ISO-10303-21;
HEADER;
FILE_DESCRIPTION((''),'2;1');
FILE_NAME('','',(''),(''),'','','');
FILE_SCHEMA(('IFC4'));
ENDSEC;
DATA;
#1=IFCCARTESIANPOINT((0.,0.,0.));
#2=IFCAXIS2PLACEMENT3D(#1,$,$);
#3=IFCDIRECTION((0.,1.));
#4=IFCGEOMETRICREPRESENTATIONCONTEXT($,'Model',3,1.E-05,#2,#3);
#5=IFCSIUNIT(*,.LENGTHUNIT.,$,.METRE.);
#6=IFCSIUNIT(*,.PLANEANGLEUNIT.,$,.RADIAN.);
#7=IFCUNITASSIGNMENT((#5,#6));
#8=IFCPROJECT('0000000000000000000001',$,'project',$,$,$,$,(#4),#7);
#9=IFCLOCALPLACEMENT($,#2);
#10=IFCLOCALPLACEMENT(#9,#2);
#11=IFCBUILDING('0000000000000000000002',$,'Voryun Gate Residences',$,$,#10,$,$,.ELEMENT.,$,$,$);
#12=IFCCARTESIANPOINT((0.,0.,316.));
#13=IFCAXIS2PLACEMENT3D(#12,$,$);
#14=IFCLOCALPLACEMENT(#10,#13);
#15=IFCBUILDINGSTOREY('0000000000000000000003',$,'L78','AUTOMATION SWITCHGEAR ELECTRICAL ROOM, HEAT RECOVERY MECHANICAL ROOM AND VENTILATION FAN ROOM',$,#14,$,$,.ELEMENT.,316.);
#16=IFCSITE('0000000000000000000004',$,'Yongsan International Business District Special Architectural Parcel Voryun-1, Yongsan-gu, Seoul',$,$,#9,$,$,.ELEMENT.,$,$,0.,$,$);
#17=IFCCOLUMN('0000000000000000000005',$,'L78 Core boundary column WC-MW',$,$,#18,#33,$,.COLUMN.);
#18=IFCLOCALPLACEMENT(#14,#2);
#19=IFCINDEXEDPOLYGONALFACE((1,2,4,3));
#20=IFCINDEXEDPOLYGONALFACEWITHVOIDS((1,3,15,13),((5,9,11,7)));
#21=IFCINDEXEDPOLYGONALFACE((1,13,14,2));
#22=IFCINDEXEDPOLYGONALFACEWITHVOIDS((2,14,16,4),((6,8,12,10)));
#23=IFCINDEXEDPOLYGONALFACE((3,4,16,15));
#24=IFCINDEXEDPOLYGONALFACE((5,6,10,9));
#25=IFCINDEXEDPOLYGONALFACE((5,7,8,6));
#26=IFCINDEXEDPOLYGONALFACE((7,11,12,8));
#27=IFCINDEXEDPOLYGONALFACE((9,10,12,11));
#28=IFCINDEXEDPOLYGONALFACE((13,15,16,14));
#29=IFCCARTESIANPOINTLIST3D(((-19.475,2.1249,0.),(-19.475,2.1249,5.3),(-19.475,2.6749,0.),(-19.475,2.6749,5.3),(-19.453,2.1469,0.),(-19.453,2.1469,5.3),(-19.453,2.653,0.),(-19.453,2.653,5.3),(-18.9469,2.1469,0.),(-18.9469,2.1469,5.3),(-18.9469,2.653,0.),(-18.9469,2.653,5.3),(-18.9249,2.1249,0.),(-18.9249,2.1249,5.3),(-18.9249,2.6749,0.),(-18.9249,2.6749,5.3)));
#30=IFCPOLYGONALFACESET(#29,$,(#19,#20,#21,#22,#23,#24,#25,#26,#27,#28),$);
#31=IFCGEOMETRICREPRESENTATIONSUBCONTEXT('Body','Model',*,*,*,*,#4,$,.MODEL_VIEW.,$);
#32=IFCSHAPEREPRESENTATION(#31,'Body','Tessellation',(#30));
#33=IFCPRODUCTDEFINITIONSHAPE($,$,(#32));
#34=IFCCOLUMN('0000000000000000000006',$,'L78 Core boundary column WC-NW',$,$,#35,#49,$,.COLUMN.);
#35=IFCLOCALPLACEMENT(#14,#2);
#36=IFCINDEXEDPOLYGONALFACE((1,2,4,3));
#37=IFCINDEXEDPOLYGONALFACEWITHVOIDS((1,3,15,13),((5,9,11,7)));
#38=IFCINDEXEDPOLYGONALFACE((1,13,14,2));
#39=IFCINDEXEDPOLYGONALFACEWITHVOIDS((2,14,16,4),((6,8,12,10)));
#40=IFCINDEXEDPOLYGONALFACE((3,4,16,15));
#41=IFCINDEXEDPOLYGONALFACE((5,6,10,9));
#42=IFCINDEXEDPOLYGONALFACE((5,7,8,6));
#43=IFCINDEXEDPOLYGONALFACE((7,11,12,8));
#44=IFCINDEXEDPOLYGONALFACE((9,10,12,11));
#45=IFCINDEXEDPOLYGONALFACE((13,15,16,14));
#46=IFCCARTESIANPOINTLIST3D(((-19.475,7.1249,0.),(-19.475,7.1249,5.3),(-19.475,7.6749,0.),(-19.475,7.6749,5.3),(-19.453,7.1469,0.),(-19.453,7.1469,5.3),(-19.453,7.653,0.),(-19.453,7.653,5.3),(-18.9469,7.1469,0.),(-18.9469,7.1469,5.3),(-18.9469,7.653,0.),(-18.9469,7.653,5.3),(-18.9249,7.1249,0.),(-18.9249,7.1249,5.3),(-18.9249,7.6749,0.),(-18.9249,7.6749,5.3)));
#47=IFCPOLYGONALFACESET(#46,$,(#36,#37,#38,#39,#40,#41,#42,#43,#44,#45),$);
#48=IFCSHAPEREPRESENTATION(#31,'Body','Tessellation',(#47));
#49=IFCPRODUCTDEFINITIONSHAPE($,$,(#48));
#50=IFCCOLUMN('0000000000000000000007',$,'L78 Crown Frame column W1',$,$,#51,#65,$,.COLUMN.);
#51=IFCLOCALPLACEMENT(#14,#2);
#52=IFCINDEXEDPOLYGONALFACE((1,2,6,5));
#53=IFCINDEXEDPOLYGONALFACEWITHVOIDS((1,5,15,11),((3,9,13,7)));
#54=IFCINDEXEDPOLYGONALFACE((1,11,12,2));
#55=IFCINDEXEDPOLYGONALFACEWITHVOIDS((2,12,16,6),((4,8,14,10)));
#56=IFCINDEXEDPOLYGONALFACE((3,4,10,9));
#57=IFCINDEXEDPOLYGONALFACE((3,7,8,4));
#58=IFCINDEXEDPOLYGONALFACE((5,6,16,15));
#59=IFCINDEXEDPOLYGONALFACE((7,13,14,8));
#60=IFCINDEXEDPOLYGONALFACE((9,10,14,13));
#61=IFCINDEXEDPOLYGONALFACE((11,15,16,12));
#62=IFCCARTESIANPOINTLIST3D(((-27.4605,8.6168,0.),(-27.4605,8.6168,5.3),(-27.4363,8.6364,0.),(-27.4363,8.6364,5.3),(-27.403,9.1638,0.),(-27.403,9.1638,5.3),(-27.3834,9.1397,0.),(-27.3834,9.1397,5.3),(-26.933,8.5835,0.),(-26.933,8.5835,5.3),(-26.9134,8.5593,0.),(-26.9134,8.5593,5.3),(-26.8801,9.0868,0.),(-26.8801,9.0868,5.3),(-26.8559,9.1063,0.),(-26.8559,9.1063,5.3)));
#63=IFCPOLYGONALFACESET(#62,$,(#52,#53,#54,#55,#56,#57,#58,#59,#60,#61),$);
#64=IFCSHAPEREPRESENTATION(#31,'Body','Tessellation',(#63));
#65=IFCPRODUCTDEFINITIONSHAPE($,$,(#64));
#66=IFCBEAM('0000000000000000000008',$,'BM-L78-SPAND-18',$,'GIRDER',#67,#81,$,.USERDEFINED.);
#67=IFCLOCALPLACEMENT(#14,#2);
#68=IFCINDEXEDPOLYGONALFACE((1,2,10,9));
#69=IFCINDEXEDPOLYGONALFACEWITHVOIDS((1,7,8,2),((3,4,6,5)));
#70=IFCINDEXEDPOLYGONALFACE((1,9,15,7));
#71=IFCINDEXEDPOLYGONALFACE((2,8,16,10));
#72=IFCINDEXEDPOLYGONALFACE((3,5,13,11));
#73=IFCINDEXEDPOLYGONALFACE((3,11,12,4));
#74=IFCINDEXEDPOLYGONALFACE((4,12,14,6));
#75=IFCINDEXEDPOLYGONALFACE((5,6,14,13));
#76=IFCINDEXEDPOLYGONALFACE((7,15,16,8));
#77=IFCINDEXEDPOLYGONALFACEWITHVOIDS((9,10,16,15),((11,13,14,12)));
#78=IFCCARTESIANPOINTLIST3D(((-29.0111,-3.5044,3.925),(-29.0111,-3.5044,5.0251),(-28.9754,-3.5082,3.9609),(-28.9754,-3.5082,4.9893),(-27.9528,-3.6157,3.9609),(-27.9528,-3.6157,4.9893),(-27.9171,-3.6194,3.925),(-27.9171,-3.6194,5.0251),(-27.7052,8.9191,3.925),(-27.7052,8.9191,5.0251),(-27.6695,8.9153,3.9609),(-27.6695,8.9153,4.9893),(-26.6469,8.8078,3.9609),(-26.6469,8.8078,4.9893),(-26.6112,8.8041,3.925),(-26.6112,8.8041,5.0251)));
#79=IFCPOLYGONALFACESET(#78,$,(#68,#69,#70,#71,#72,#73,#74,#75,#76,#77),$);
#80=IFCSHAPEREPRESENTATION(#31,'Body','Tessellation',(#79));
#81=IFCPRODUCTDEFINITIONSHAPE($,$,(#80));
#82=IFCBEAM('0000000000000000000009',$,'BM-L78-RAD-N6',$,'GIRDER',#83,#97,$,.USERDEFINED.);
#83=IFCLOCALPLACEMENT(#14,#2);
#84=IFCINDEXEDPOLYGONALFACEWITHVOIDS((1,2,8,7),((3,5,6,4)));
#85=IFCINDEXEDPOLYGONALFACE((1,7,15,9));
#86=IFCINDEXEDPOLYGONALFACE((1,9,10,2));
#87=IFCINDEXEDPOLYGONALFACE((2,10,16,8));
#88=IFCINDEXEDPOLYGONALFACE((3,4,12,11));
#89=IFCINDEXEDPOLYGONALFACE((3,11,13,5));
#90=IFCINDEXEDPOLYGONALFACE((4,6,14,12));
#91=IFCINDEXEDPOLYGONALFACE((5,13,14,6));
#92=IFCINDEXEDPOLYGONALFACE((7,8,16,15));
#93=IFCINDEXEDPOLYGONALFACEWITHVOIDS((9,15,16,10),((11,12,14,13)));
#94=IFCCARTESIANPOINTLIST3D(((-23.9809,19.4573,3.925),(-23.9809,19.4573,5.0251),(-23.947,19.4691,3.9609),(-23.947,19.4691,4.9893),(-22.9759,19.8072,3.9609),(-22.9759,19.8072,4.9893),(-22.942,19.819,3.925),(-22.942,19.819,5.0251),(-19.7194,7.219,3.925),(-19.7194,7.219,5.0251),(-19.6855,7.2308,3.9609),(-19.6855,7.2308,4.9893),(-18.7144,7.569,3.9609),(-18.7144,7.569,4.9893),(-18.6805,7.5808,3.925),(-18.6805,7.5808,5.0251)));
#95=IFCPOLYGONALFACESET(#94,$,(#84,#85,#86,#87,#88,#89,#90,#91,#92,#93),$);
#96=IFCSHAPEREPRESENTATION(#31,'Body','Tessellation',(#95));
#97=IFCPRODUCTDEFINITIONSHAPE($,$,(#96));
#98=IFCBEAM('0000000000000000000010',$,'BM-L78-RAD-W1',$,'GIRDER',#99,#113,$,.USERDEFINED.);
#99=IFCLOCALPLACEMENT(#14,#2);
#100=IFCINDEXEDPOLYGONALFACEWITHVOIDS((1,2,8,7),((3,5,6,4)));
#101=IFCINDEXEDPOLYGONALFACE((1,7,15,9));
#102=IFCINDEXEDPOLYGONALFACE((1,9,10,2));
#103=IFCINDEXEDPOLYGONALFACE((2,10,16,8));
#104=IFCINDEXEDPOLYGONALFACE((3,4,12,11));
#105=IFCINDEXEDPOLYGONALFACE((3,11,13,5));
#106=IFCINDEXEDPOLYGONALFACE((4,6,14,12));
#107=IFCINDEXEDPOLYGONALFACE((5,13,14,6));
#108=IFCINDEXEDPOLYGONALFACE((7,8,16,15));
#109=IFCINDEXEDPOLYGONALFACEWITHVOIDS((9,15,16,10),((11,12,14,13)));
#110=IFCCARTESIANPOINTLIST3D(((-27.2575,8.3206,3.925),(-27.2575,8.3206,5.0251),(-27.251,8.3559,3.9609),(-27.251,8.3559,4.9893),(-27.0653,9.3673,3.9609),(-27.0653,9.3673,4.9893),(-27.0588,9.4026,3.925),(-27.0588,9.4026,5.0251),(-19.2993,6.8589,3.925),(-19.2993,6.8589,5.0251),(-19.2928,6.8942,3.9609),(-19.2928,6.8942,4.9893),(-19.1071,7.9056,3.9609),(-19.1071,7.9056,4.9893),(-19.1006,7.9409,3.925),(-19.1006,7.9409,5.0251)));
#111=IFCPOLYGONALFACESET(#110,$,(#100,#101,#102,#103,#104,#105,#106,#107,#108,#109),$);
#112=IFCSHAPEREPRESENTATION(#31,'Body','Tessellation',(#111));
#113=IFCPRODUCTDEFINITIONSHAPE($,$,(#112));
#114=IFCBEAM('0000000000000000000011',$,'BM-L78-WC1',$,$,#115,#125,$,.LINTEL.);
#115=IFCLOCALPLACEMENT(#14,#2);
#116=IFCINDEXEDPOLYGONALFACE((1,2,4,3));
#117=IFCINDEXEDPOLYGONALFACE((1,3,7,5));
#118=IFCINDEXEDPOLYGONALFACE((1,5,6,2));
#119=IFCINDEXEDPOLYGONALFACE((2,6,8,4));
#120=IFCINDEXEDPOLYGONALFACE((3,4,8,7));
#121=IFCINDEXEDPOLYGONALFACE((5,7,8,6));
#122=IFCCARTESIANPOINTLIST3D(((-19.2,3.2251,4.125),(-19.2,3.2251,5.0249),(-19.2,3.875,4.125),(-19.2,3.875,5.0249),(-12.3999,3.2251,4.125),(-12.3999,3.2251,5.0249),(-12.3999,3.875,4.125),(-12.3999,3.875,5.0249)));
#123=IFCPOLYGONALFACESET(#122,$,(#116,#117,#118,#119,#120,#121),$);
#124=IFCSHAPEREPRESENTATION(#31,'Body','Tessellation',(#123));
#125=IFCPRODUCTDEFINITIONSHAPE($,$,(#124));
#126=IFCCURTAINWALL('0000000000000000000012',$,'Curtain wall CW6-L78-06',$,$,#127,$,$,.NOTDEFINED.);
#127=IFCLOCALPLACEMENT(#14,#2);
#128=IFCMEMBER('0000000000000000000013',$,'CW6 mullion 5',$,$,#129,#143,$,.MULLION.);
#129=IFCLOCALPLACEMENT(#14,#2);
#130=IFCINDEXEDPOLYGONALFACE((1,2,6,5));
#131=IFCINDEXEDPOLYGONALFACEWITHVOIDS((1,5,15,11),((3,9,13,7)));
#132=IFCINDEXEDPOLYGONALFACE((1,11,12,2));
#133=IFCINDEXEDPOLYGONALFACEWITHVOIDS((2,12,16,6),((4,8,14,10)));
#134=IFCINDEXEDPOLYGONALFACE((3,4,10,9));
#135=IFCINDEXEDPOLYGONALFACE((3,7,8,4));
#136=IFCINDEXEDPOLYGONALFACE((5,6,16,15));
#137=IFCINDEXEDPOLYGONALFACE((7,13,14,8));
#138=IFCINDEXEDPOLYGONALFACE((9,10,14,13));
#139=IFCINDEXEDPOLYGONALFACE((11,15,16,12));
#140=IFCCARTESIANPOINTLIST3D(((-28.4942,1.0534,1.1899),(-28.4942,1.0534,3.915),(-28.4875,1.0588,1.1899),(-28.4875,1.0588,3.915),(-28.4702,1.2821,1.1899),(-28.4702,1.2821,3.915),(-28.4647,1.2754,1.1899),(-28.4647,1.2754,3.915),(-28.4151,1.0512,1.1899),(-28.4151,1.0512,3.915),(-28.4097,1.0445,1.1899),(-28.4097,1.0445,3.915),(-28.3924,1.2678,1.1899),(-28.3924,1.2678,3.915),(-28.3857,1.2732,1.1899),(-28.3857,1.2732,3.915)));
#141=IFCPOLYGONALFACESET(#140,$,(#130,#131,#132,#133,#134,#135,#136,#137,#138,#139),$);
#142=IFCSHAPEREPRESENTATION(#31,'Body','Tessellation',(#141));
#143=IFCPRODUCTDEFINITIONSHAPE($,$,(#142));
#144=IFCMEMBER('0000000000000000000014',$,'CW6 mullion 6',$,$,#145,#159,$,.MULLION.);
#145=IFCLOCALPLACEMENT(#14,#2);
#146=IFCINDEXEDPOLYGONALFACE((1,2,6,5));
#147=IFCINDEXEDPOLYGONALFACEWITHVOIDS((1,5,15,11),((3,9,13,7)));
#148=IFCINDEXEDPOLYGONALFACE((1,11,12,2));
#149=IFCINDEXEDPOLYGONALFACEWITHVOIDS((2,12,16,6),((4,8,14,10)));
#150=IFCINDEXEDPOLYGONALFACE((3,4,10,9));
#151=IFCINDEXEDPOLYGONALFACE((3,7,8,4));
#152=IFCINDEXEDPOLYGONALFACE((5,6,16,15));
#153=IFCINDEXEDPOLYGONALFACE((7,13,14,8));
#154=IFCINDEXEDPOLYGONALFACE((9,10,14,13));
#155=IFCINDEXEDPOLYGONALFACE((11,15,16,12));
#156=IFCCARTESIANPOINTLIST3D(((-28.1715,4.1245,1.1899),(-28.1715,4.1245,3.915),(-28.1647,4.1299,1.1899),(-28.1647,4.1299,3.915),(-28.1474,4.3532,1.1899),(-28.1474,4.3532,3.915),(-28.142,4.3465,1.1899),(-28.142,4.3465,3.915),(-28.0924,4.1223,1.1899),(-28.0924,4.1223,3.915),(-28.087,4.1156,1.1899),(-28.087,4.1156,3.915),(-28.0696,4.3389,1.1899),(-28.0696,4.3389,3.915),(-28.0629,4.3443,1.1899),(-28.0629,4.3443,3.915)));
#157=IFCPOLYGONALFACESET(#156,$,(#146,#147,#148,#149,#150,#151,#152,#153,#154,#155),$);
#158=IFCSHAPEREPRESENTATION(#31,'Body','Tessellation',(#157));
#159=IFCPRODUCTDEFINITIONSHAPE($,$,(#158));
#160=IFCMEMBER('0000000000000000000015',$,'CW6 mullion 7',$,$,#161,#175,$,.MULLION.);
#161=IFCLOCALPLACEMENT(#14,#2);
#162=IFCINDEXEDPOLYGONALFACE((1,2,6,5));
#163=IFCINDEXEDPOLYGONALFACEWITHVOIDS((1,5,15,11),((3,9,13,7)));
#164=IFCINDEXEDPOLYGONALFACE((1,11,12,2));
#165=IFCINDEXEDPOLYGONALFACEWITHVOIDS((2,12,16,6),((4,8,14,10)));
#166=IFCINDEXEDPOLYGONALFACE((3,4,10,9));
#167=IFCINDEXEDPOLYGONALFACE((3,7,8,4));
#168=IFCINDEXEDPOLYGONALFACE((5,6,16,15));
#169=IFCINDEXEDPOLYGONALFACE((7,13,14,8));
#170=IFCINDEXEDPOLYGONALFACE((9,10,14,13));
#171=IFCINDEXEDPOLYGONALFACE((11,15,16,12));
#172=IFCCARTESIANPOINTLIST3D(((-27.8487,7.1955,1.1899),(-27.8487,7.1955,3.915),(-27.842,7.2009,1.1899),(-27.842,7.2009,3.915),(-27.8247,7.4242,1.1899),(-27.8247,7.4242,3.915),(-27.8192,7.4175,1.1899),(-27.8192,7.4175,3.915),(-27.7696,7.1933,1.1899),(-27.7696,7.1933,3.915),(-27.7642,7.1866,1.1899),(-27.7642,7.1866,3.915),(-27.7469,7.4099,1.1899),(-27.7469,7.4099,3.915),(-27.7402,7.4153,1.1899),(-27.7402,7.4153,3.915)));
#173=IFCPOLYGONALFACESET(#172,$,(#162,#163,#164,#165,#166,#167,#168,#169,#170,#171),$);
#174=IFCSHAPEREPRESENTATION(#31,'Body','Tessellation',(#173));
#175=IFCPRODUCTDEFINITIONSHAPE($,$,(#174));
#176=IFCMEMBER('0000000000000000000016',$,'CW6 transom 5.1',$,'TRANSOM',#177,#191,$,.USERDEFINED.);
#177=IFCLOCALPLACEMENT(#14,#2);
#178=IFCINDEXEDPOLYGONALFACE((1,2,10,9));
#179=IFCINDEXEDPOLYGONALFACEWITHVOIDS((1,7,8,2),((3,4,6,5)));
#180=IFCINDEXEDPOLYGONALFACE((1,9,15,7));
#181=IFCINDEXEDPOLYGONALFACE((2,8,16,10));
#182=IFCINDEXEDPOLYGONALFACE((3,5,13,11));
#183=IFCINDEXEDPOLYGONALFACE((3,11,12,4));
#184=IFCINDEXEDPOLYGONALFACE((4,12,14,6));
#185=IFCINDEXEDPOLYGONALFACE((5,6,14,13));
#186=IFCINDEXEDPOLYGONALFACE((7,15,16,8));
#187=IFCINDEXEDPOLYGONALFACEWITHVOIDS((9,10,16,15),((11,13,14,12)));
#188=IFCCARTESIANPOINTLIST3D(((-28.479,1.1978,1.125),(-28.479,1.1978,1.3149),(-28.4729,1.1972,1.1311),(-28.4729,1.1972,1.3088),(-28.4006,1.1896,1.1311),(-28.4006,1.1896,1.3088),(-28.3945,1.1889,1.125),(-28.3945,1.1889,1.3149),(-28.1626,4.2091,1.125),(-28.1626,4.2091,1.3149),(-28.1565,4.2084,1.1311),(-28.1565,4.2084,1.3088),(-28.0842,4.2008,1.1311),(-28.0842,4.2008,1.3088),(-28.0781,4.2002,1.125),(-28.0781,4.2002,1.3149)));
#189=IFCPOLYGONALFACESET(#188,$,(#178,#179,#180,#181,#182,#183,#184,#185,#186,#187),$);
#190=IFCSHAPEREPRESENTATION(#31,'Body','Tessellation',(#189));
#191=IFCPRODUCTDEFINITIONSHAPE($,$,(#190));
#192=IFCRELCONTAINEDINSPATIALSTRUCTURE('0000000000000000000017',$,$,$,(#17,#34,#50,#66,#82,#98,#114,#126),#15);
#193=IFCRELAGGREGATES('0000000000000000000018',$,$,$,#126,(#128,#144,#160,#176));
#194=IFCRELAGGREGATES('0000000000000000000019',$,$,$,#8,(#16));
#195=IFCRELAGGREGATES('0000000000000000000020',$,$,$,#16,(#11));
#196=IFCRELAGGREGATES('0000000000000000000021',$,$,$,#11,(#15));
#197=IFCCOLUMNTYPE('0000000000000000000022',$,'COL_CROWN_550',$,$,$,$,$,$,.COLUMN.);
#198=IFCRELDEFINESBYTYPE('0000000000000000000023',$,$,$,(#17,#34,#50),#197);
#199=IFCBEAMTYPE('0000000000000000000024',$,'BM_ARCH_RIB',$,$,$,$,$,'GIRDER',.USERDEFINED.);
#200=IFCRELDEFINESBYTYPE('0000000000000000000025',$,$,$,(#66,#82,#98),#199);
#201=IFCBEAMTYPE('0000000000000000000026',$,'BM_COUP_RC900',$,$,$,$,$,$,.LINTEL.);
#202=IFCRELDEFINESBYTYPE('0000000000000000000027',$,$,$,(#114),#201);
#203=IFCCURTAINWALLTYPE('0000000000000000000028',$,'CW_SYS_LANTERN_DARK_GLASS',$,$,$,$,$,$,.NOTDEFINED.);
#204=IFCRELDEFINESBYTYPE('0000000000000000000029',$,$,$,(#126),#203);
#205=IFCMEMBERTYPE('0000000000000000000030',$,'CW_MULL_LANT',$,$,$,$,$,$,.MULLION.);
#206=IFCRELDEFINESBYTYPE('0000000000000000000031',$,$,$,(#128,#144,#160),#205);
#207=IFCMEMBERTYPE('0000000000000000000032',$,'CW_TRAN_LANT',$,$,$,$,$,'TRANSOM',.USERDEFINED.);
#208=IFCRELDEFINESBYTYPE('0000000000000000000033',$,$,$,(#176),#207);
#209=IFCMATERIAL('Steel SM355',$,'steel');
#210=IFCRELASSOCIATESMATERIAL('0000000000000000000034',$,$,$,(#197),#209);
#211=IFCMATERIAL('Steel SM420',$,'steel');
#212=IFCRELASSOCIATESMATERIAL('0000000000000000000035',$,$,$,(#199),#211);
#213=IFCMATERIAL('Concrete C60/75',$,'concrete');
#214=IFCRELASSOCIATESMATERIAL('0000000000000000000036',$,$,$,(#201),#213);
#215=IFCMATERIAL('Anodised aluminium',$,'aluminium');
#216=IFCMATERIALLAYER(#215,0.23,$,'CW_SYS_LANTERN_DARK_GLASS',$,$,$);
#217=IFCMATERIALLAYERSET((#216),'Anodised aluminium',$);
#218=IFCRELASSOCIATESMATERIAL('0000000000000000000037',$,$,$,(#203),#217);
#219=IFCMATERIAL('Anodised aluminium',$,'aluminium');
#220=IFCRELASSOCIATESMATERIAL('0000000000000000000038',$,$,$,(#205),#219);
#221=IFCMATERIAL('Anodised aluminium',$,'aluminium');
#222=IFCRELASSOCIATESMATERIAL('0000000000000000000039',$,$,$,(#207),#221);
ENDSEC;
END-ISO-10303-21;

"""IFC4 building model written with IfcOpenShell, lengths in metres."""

from ifc_helpers import new_model, si_unit, direction, frame, origin, origin_2d, place, context, subcontext, project, spatial, rectangle, hollow_rectangle, extrude, material, layer, layer_set, material_profile, profile_set, type_object, element, aggregate, save


model = new_model("IFC4")

# Units and contexts
model_context = context("Model", 3, precision=1e-05, world=origin(), true_north=direction((0.0, 1.0)))
body_context = subcontext(model_context, "Body", "Model", "MODEL_VIEW")
ifc_project = project(units=[si_unit("LENGTHUNIT", "METRE"), si_unit("PLANEANGLEUNIT", "RADIAN")], contexts=[model_context])

# Site, building, storey
site_placement = place(None, origin())
site = spatial("IfcSite", under=ifc_project, at=site_placement, Name="Yongsan International Business District Special Architectural Parcel Voryun-1, Yongsan-gu, Seoul", CompositionType="ELEMENT", RefElevation=0.0)
building_placement = place(site_placement, origin())
building = spatial("IfcBuilding", under=site, at=building_placement, Name="Voryun Gate Residences", CompositionType="ELEMENT")
storey_placement = place(building_placement, frame((0.0, 0.0, 316.0)))
storey = spatial("IfcBuildingStorey", under=building, at=storey_placement, Name="L78", Description="AUTOMATION SWITCHGEAR ELECTRICAL ROOM, HEAT RECOVERY MECHANICAL ROOM AND VENTILATION FAN ROOM", CompositionType="ELEMENT", Elevation=316.0)

# Columns
ifc_material_1 = material(Name="Steel SM355", Category="steel")
ifc_material_profile_1 = material_profile(ifc_material_1, hollow_rectangle(XDim=0.55, YDim=0.55, WallThickness=0.022, at=origin_2d()), Name="BOX-550x550x22")
ifc_profile_set_1 = profile_set([ifc_material_profile_1], Name="Steel SM355")
column_type = type_object("IfcColumnType", Name="COL_CROWN_550", PredefinedType="COLUMN", material=ifc_profile_set_1)
for number, where, z_axis, x_axis, name in (
    (1, (-19.2, 2.3999, 0.0), (0.0, 0.0, 1.0), (1.0, 0.0, 0.0), "L78 Core boundary column WC-MW"),
    (2, (-19.2, 7.3999, 0.0), (0.0, 0.0, 1.0), (1.0, 0.0, 0.0), "L78 Core boundary column WC-NW"),
    (3, (-27.1582, 8.8616, 0.0), (0.0, 0.0, 1.0), (0.994522, -0.104528, 0.0), "L78 Crown Frame column W1"),
):
    element("IfcColumn", number, at=place(storey_placement, frame(where, z_axis=z_axis, x_axis=x_axis)), inside=storey, type_object=column_type, Name=name, PredefinedType="COLUMN", context=body_context, shape_type="SweptSolid", body=[
        extrude(hollow_rectangle(XDim=0.55, YDim=0.55, WallThickness=0.022, at=origin_2d()), origin(), (0.0, 0.0, 1.0), 5.3),
    ])

# Beams
ifc_material_2 = material(Name="Steel SM420", Category="steel")
ifc_material_profile_2 = material_profile(ifc_material_2, hollow_rectangle(XDim=1.1001, YDim=1.1001, WallThickness=0.0359, at=origin_2d()), Name="BOX-1100x1100x36")
ifc_profile_set_2 = profile_set([ifc_material_profile_2], Name="Steel SM420")
beam_type_1 = type_object("IfcBeamType", Name="BM_ARCH_RIB", ElementType="GIRDER", PredefinedType="USERDEFINED", material=ifc_profile_set_2)
beam_1_placement = place(storey_placement, frame((-27.1582, 8.8616, 4.4751), z_axis=(-0.104539, -0.994521, 0.0), x_axis=(0.994521, -0.104539, 0.0)))
element("IfcBeam", 4, at=beam_1_placement, inside=storey, type_object=beam_type_1, Name="BM-L78-SPAND-18", ObjectType="GIRDER", PredefinedType="USERDEFINED", context=body_context, shape_type="SweptSolid", body=[
    extrude(hollow_rectangle(XDim=1.1001, YDim=1.1001, WallThickness=0.0359, at=origin_2d()), origin(), (0.0, 0.0, 1.0), 12.4919),
])
beam_2_placement = place(storey_placement, frame((-19.2, 7.3999, 4.4751), z_axis=(-0.328843, 0.944385, 0.0), x_axis=(-0.944385, -0.328843, 0.0)))
element("IfcBeam", 5, at=beam_2_placement, inside=storey, type_object=beam_type_1, Name="BM-L78-RAD-N6", ObjectType="GIRDER", PredefinedType="USERDEFINED", context=body_context, shape_type="SweptSolid", body=[
    extrude(hollow_rectangle(XDim=1.1001, YDim=1.1001, WallThickness=0.0359, at=origin_2d()), origin(), (0.0, 0.0, 1.0), 12.959),
])
beam_3_placement = place(storey_placement, frame((-19.2, 7.3999, 4.4751), z_axis=(-0.983548, 0.180646, 0.0), x_axis=(-0.180646, -0.983548, 0.0)))
element("IfcBeam", 6, at=beam_3_placement, inside=storey, type_object=beam_type_1, Name="BM-L78-RAD-W1", ObjectType="GIRDER", PredefinedType="USERDEFINED", context=body_context, shape_type="SweptSolid", body=[
    extrude(hollow_rectangle(XDim=1.1001, YDim=1.1001, WallThickness=0.0359, at=origin_2d()), origin(), (0.0, 0.0, 1.0), 8.0913),
])
ifc_material_3 = material(Name="Concrete C60/75", Category="concrete")
ifc_material_profile_3 = material_profile(ifc_material_3, rectangle(XDim=0.6499, YDim=0.8999, at=origin_2d()), Name="RC-650x900")
ifc_profile_set_3 = profile_set([ifc_material_profile_3], Name="Concrete C60/75")
beam_type_2 = type_object("IfcBeamType", Name="BM_COUP_RC900", PredefinedType="LINTEL", material=ifc_profile_set_3)
beam_4_placement = place(storey_placement, frame((-19.2, 3.55, 4.575), z_axis=(1.0, 0.0, 0.0), x_axis=(0.0, 1.0, 0.0)))
element("IfcBeam", 7, at=beam_4_placement, inside=storey, type_object=beam_type_2, Name="BM-L78-WC1", PredefinedType="LINTEL", context=body_context, shape_type="SweptSolid", body=[
    extrude(rectangle(XDim=0.6499, YDim=0.8999, at=origin_2d()), origin(), (0.0, 0.0, 1.0), 6.8),
])

# Curtain wall, members
ifc_material_4 = material(Name="Anodised aluminium", Category="aluminium")
ifc_layer_1 = layer(ifc_material_4, 0.23, Name="CW_SYS_LANTERN_DARK_GLASS")
ifc_layer_set_1 = layer_set([ifc_layer_1], Name="Anodised aluminium")
curtain_wall_type = type_object("IfcCurtainWallType", Name="CW_SYS_LANTERN_DARK_GLASS", PredefinedType="NOTDEFINED", material=ifc_layer_set_1)
curtain_wall_placement = place(storey_placement, origin())
curtain_wall = element("IfcCurtainWall", 8, at=curtain_wall_placement, inside=storey, type_object=curtain_wall_type, Name="Curtain wall CW6-L78-06", PredefinedType="NOTDEFINED")
ifc_material_5 = material(Name="Anodised aluminium", Category="aluminium")
ifc_material_profile_4 = material_profile(ifc_material_5, hollow_rectangle(XDim=0.085, YDim=0.23, WallThickness=0.0061, at=origin_2d()), Name="ALU-MULL-230x85x6")
ifc_profile_set_4 = profile_set([ifc_material_profile_4], Name="Anodised aluminium")
member_type_1 = type_object("IfcMemberType", Name="CW_MULL_LANT", PredefinedType="MULLION", material=ifc_profile_set_4)
member_1_placement = place(storey_placement, frame((-28.4399, 1.1633, 1.1899), z_axis=(0.0, 0.0, 1.0), x_axis=(-0.994522, 0.104528, 0.0)))
member_1 = element("IfcMember", 9, at=member_1_placement, type_object=member_type_1, Name="CW6 mullion 5", PredefinedType="MULLION", context=body_context, shape_type="SweptSolid", body=[
    extrude(hollow_rectangle(XDim=0.085, YDim=0.23, WallThickness=0.0061, at=origin_2d()), origin(), (0.0, 0.0, 1.0), 2.7251),
])
member_2_placement = place(storey_placement, frame((-28.1172, 4.2344, 1.1899), z_axis=(0.0, 0.0, 1.0), x_axis=(-0.994522, 0.104528, 0.0)))
member_2 = element("IfcMember", 10, at=member_2_placement, type_object=member_type_1, Name="CW6 mullion 6", PredefinedType="MULLION", context=body_context, shape_type="SweptSolid", body=[
    extrude(hollow_rectangle(XDim=0.085, YDim=0.23, WallThickness=0.0061, at=origin_2d()), origin(), (0.0, 0.0, 1.0), 2.7251),
])
member_3_placement = place(storey_placement, frame((-27.7944, 7.3054, 1.1899), z_axis=(0.0, 0.0, 1.0), x_axis=(-0.994522, 0.104528, 0.0)))
member_3 = element("IfcMember", 11, at=member_3_placement, type_object=member_type_1, Name="CW6 mullion 7", PredefinedType="MULLION", context=body_context, shape_type="SweptSolid", body=[
    extrude(hollow_rectangle(XDim=0.085, YDim=0.23, WallThickness=0.0061, at=origin_2d()), origin(), (0.0, 0.0, 1.0), 2.7251),
])
ifc_material_6 = material(Name="Anodised aluminium", Category="aluminium")
ifc_material_profile_5 = material_profile(ifc_material_6, hollow_rectangle(XDim=0.085, YDim=0.1899, WallThickness=0.0061, at=origin_2d()), Name="ALU-TRAN-190x85x6")
ifc_profile_set_5 = profile_set([ifc_material_profile_5], Name="Anodised aluminium")
member_type_2 = type_object("IfcMemberType", Name="CW_TRAN_LANT", ElementType="TRANSOM", PredefinedType="USERDEFINED", material=ifc_profile_set_5)
member_4_placement = place(storey_placement, frame((-28.4368, 1.1934, 1.22), z_axis=(0.1045, 0.994525, 0.0), x_axis=(-0.994525, 0.1045, 0.0)))
member_4 = element("IfcMember", 12, at=member_4_placement, type_object=member_type_2, Name="CW6 transom 5.1", ObjectType="TRANSOM", PredefinedType="USERDEFINED", context=body_context, shape_type="SweptSolid", body=[
    extrude(hollow_rectangle(XDim=0.085, YDim=0.1899, WallThickness=0.0061, at=origin_2d()), origin(), (0.0, 0.0, 1.0), 3.0278),
])

aggregate(curtain_wall, [member_1, member_2, member_3, member_4])

save(model, "model.ifc")
